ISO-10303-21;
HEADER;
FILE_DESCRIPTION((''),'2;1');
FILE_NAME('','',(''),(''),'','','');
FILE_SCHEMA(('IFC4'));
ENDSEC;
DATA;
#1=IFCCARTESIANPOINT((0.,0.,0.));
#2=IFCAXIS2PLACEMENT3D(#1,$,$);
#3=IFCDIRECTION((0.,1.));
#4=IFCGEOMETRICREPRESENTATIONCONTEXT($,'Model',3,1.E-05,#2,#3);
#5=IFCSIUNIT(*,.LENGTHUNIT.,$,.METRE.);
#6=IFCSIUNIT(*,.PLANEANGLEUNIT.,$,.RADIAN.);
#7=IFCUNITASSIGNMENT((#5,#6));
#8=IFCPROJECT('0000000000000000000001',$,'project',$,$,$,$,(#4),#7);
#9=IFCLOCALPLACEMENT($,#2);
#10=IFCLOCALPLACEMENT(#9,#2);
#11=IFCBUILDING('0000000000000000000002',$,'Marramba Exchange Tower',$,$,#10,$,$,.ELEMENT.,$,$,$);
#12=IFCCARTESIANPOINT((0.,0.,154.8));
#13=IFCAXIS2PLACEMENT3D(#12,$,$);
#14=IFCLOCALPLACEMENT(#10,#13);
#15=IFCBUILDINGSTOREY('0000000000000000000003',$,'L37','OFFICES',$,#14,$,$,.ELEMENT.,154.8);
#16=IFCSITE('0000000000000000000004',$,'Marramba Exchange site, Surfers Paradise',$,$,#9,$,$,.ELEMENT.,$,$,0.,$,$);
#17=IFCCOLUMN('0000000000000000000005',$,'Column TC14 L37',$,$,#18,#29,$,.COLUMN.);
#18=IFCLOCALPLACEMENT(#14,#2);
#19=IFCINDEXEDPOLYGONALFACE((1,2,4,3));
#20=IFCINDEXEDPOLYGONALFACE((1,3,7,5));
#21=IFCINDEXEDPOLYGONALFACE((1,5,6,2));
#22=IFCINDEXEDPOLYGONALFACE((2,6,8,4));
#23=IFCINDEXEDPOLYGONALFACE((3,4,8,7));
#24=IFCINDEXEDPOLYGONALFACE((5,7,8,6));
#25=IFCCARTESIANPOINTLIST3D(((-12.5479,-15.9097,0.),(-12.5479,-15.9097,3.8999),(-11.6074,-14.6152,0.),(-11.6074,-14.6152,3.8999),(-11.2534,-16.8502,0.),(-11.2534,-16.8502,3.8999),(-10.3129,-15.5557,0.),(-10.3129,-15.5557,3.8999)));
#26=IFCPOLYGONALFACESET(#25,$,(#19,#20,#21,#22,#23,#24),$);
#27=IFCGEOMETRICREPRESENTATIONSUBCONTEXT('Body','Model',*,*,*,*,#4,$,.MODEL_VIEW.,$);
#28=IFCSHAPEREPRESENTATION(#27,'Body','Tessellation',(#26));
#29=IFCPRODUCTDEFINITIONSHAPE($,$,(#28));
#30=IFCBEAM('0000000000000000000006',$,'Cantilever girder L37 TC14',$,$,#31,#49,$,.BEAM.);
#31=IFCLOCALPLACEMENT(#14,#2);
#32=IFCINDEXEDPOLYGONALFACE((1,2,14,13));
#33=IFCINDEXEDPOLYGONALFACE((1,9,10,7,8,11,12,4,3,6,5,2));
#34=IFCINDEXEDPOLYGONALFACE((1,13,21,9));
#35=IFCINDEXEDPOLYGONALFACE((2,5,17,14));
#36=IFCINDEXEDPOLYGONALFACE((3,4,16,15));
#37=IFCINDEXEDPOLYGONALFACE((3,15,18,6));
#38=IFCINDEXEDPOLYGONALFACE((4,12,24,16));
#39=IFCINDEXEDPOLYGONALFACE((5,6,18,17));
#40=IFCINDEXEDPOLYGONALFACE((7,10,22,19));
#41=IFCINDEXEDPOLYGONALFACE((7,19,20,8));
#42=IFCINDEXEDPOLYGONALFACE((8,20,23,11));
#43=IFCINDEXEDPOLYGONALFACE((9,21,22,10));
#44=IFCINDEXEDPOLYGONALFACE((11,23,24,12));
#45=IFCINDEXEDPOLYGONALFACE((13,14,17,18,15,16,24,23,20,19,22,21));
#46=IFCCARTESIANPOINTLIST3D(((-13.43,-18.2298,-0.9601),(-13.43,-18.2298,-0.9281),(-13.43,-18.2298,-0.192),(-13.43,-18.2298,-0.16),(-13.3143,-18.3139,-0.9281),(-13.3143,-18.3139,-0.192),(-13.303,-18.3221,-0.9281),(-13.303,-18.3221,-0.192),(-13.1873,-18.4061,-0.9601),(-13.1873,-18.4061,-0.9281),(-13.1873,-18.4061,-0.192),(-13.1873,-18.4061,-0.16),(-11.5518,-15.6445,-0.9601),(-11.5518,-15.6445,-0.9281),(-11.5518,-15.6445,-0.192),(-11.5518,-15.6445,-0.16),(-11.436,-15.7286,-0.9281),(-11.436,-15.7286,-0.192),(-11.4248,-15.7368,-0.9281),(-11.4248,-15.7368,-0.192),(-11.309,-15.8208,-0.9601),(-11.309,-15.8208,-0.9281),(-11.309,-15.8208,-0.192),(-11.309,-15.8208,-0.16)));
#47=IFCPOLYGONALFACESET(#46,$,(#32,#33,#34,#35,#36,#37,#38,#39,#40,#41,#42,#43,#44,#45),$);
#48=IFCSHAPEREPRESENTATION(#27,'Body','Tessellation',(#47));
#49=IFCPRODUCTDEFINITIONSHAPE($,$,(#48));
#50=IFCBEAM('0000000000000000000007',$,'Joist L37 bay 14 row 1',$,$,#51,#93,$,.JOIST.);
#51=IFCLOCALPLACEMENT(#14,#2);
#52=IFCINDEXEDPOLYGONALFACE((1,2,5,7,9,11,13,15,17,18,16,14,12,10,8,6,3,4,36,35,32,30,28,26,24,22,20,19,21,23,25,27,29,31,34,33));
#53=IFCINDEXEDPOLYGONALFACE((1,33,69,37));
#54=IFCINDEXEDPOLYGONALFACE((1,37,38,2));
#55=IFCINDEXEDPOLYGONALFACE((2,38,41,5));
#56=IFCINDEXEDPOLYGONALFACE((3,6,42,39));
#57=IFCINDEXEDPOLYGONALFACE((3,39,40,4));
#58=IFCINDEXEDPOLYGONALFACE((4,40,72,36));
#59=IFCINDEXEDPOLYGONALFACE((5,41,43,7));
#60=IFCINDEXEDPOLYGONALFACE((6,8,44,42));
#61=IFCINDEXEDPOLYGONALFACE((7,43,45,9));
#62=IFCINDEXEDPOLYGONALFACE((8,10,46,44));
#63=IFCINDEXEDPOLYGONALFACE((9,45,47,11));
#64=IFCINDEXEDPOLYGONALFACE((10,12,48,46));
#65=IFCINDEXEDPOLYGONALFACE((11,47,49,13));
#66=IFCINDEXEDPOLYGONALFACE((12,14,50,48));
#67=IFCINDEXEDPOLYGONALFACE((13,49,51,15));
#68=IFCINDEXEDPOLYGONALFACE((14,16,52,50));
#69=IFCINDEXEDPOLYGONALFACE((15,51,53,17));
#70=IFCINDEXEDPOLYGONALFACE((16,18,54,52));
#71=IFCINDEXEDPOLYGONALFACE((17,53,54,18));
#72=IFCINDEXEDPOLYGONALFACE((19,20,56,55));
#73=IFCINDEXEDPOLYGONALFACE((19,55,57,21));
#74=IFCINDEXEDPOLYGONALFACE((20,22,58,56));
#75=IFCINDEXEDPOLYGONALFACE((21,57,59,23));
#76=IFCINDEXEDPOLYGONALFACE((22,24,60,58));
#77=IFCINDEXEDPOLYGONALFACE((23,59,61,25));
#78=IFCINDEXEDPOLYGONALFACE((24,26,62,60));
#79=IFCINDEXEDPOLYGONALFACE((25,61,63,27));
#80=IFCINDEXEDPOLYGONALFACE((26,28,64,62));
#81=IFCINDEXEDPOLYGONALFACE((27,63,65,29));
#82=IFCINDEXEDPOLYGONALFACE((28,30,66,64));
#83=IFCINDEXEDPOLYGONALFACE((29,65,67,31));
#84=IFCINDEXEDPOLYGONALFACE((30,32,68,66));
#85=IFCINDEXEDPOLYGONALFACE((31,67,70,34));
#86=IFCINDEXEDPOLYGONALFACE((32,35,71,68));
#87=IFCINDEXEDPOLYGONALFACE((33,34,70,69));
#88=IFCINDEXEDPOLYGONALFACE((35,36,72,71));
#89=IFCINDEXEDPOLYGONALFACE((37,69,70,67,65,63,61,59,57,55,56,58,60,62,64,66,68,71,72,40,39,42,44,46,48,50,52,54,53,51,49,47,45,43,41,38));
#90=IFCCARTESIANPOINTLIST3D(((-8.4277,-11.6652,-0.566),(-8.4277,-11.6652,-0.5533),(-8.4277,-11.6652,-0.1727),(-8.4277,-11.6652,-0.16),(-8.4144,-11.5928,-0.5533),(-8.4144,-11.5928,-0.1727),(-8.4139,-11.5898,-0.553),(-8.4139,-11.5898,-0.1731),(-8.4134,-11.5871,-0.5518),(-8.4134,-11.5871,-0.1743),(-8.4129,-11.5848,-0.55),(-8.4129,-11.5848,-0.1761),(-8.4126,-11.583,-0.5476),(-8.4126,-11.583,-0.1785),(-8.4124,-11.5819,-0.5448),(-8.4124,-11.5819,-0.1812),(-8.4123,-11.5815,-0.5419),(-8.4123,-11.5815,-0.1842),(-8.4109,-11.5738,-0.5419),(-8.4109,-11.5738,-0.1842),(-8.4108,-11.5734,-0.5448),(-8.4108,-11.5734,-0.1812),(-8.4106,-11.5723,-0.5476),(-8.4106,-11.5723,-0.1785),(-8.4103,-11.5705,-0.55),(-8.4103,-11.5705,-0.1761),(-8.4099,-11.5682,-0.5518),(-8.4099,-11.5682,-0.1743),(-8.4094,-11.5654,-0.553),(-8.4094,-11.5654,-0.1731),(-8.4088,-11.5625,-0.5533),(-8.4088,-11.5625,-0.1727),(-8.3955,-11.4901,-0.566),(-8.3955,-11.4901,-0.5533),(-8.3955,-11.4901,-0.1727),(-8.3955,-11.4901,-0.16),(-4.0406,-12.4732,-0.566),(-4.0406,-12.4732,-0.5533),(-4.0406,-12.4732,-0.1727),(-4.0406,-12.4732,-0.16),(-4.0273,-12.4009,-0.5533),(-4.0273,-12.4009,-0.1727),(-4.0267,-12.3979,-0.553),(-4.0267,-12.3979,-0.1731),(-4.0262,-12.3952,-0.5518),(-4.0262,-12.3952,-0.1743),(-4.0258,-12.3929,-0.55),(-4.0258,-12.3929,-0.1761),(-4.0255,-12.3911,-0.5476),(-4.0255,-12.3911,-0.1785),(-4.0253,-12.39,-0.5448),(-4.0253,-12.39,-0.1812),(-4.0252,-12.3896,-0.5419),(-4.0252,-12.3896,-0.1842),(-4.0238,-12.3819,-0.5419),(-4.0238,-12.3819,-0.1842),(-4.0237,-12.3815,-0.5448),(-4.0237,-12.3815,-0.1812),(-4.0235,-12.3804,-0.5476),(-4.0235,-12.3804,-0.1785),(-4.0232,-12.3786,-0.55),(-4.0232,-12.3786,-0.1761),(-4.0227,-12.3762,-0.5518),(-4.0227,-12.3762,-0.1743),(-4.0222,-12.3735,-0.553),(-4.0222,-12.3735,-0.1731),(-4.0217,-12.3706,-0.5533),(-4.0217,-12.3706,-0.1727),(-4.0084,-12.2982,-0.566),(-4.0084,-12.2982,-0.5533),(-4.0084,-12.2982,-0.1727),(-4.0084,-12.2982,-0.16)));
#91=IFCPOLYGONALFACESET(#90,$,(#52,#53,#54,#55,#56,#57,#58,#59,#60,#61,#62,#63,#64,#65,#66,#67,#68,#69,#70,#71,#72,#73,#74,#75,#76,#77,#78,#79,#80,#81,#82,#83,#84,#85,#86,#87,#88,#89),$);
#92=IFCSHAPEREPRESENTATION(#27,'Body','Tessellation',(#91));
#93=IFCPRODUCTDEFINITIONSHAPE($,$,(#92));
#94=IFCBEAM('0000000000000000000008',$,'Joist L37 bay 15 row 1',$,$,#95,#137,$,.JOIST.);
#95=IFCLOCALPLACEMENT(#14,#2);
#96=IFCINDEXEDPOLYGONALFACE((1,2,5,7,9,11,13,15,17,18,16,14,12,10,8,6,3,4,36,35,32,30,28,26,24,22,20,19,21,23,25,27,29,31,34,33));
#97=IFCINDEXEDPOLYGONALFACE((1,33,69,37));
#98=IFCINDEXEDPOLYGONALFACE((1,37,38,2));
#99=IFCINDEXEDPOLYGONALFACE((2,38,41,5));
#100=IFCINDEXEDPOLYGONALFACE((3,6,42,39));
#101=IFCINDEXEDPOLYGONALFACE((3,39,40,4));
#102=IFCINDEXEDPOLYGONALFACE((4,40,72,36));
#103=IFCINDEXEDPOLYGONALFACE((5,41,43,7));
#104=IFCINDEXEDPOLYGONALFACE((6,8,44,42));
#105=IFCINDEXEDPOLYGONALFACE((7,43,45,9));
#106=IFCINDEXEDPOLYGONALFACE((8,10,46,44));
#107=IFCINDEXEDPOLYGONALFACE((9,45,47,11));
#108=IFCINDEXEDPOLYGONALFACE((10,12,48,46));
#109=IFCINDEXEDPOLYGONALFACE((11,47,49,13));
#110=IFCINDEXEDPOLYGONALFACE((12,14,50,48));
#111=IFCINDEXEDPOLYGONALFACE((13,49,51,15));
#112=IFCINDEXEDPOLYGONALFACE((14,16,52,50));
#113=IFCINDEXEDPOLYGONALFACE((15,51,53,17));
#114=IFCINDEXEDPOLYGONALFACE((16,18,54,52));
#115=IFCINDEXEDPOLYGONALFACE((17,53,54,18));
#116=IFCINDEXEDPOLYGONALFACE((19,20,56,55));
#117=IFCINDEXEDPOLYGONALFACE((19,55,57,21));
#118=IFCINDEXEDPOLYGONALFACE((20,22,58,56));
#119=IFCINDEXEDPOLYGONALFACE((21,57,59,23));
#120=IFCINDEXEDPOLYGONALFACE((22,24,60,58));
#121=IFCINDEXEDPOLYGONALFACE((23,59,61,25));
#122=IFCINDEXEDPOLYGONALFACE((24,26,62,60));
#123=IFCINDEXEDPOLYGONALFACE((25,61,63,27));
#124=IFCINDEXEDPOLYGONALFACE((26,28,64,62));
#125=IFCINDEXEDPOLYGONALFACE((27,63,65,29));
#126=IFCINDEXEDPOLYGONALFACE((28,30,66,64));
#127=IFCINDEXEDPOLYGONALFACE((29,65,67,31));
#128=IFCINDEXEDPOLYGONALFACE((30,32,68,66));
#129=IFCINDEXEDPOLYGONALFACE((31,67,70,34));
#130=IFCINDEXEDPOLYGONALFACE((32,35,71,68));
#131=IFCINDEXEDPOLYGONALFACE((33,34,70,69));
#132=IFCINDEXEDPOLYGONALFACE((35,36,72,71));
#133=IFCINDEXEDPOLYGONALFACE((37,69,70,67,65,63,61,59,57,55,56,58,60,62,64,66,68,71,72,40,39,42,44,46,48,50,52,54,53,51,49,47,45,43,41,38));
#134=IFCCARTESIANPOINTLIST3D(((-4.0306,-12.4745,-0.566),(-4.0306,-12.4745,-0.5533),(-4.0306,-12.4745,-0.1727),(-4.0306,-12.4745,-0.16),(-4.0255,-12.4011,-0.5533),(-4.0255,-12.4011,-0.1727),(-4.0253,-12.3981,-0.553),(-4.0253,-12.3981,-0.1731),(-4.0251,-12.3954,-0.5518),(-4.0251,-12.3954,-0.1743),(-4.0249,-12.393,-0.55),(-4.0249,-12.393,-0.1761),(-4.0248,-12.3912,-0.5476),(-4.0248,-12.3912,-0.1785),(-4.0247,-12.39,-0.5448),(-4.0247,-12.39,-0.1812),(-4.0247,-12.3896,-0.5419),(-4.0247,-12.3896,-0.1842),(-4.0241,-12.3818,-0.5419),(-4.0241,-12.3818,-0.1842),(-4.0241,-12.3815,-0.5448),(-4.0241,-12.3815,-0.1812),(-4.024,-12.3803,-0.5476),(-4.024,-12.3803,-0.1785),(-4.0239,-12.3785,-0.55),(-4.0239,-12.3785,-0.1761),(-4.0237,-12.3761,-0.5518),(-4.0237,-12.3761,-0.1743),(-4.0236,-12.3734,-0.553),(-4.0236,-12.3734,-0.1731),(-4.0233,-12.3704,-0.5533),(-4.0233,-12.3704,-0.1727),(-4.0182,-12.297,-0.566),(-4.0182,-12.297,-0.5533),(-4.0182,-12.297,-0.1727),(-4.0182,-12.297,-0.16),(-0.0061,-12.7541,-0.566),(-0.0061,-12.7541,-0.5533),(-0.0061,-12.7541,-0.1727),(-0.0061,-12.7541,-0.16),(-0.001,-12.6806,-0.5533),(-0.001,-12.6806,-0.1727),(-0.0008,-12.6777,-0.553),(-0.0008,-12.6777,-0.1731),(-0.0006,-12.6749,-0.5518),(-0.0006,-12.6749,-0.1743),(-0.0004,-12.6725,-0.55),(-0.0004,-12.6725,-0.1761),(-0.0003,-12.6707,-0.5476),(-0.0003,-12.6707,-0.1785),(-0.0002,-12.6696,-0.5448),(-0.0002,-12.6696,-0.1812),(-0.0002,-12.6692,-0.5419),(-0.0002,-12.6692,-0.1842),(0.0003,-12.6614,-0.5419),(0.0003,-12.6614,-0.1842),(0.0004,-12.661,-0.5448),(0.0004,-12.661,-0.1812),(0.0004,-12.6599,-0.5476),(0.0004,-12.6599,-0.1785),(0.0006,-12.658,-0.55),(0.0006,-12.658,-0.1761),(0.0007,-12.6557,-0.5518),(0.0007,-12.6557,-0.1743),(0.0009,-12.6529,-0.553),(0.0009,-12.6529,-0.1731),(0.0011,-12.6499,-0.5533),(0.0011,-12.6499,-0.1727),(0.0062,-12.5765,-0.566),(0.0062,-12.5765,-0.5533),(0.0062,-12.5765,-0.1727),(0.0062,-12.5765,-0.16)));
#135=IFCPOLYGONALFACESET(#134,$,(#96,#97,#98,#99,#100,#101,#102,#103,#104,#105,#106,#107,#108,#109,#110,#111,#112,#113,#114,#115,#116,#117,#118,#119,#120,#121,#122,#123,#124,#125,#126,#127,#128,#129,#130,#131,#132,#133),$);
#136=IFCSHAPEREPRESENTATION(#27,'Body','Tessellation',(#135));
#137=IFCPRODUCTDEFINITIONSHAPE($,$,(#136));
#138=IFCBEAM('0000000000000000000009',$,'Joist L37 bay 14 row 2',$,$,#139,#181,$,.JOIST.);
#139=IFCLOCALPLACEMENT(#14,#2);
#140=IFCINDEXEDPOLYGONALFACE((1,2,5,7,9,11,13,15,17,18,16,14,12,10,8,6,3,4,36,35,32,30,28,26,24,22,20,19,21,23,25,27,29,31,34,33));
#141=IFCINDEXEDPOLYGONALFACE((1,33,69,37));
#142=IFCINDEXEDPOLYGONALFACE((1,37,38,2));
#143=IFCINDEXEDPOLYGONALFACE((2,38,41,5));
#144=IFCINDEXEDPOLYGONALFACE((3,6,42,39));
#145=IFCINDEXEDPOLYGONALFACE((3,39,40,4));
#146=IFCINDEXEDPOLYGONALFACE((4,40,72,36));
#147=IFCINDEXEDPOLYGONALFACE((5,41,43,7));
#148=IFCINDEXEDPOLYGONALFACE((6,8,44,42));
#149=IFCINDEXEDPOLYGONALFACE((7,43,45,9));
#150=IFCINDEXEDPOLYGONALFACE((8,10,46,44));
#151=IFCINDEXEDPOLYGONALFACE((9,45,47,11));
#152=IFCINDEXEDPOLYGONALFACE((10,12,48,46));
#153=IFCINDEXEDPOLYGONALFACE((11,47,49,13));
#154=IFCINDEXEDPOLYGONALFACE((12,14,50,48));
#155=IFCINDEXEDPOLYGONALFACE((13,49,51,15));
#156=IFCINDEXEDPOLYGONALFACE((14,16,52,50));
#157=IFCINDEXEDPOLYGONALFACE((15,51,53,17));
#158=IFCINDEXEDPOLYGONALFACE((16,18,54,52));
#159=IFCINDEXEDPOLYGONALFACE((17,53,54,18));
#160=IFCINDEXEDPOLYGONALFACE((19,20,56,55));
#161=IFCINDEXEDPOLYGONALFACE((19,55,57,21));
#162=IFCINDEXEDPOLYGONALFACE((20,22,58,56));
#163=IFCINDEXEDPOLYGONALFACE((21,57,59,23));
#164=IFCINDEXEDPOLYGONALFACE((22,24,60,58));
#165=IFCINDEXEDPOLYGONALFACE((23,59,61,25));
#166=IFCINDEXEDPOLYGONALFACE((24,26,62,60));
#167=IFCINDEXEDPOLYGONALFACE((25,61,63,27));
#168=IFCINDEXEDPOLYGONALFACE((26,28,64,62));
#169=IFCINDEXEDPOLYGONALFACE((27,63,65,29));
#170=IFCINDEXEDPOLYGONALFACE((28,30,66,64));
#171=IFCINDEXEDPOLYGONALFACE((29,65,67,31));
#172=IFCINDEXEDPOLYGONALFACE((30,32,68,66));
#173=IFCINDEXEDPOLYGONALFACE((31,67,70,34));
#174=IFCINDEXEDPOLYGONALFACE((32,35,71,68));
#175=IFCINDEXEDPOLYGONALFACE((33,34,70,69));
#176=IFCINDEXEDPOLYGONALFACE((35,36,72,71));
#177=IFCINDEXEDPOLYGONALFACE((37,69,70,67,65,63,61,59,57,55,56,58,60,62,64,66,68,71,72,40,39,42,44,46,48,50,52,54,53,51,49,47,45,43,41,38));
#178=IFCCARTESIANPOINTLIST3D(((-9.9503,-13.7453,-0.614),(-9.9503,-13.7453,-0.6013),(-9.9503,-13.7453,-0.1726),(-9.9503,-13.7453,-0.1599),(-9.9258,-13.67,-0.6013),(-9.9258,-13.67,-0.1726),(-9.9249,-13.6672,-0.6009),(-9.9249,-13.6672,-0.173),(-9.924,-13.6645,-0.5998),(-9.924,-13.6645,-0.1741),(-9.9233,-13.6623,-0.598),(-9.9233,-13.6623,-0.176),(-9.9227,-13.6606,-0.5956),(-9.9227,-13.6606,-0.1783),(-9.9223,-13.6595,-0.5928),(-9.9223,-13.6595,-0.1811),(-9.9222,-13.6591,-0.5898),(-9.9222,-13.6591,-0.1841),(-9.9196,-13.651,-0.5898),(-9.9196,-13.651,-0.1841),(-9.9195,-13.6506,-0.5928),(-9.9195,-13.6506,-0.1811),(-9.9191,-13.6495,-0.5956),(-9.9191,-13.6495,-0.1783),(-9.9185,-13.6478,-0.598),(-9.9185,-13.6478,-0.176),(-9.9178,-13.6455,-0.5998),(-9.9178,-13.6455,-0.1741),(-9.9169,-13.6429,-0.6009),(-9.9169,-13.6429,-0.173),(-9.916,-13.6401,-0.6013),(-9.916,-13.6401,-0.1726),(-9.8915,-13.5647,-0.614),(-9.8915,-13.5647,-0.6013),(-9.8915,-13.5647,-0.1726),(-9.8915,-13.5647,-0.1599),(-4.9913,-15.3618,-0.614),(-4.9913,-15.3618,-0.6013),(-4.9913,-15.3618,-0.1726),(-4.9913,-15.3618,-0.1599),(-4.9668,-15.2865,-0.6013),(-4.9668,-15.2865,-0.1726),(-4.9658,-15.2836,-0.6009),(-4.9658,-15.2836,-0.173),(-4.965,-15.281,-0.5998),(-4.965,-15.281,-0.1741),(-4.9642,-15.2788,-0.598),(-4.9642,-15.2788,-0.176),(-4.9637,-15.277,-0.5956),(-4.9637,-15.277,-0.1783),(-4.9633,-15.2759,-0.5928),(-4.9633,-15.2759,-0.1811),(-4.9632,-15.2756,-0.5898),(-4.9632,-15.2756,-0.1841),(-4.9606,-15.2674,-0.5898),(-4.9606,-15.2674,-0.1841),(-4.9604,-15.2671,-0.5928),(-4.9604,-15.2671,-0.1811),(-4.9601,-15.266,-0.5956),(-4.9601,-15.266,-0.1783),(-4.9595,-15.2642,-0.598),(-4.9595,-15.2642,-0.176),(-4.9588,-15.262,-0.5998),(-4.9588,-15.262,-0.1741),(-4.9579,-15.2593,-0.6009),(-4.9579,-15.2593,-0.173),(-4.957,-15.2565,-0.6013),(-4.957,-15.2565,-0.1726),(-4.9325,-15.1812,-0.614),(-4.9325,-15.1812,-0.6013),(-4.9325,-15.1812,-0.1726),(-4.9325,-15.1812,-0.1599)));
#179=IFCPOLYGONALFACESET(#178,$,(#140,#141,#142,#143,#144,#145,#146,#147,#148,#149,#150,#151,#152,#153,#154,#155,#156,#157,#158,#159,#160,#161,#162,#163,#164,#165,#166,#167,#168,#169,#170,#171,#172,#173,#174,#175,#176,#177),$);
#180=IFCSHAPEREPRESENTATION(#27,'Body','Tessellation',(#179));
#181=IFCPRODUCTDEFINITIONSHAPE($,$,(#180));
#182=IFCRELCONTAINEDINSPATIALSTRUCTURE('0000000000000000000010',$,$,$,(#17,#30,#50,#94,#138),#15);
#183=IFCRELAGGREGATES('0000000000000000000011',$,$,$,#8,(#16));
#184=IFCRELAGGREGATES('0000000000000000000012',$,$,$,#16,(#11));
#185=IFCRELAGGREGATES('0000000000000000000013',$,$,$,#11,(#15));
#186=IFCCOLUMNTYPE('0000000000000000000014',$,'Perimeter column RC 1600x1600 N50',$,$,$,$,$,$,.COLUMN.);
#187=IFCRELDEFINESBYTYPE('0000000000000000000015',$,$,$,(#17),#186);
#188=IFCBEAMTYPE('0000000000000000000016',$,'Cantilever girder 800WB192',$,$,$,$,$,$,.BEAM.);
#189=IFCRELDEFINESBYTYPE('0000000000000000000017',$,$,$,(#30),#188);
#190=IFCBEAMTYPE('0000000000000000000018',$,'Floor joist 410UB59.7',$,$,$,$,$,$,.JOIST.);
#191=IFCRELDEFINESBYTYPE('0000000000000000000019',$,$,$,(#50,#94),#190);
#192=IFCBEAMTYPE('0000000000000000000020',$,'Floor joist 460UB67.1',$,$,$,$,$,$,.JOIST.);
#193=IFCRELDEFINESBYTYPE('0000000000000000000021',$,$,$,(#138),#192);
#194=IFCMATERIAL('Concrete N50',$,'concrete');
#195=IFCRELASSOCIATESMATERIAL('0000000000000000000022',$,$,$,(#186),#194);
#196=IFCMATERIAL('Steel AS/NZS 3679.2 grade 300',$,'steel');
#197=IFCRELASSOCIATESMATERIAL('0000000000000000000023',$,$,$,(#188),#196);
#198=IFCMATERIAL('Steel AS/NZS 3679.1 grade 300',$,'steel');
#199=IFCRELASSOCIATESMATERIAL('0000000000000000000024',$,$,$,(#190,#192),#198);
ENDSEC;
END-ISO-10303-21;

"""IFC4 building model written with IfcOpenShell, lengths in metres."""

from ifc_helpers import new_model, si_unit, direction, frame, origin, origin_2d, place, context, subcontext, project, spatial, rectangle, i_section, extrude, material, material_profile, profile_set, type_object, element, save


model = new_model("IFC4")

# Units and contexts
model_context = context("Model", 3, precision=1e-05, world=origin(), true_north=direction((0.0, 1.0)))
body_context = subcontext(model_context, "Body", "Model", "MODEL_VIEW")
ifc_project = project(units=[si_unit("LENGTHUNIT", "METRE"), si_unit("PLANEANGLEUNIT", "RADIAN")], contexts=[model_context])

# Site, building, storey
site_placement = place(None, origin())
site = spatial("IfcSite", under=ifc_project, at=site_placement, Name="Marramba Exchange site, Surfers Paradise", CompositionType="ELEMENT", RefElevation=0.0)
building_placement = place(site_placement, origin())
building = spatial("IfcBuilding", under=site, at=building_placement, Name="Marramba Exchange Tower", CompositionType="ELEMENT")
storey_placement = place(building_placement, frame((0.0, 0.0, 154.8)))
storey = spatial("IfcBuildingStorey", under=building, at=storey_placement, Name="L37", Description="OFFICES", CompositionType="ELEMENT", Elevation=154.8)

# Column
ifc_material_1 = material(Name="Concrete N50", Category="concrete")
ifc_material_profile_1 = material_profile(ifc_material_1, rectangle(XDim=1.6001, YDim=1.6001, at=origin_2d()), Name="RC 1600x1600")
ifc_profile_set_1 = profile_set([ifc_material_profile_1], Name="Concrete N50")
column_type = type_object("IfcColumnType", Name="Perimeter column RC 1600x1600 N50", PredefinedType="COLUMN", material=ifc_profile_set_1)
column_placement = place(storey_placement, frame((-11.4304, -15.7327, 0.0), z_axis=(0.0, 0.0, 1.0), x_axis=(-0.587785, -0.809017, 0.0)))
element("IfcColumn", 1, at=column_placement, inside=storey, type_object=column_type, Name="Column TC14 L37", PredefinedType="COLUMN", context=body_context, shape_type="SweptSolid", body=[
    extrude(rectangle(XDim=1.6001, YDim=1.6001, at=origin_2d()), origin(), (0.0, 0.0, 1.0), 3.8999),
])

# Beams
ifc_material_2 = material(Name="Steel AS/NZS 3679.2 grade 300", Category="steel")
ifc_material_profile_2 = material_profile(ifc_material_2, i_section(OverallWidth=0.3, OverallDepth=0.8, WebThickness=0.0139, FlangeThickness=0.032, at=origin_2d()), Name="800WB192")
ifc_profile_set_2 = profile_set([ifc_material_profile_2], Name="Steel AS/NZS 3679.2 grade 300")
beam_type_1 = type_object("IfcBeamType", Name="Cantilever girder 800WB192", PredefinedType="BEAM", material=ifc_profile_set_2)
beam_1_placement = place(storey_placement, frame((-11.4304, -15.7327, -0.5601), z_axis=(-0.587767, -0.80903, 0.0), x_axis=(0.80903, -0.587767, 0.0)))
element("IfcBeam", 2, at=beam_1_placement, inside=storey, type_object=beam_type_1, Name="Cantilever girder L37 TC14", PredefinedType="BEAM", context=body_context, shape_type="SweptSolid", body=[
    extrude(i_section(OverallWidth=0.3, OverallDepth=0.8, WebThickness=0.0139, FlangeThickness=0.032, at=origin_2d()), origin(), (0.0, 0.0, 1.0), 3.1956),
])
ifc_material_3 = material(Name="Steel AS/NZS 3679.1 grade 300", Category="steel")
ifc_material_profile_3 = material_profile(ifc_material_3, i_section(OverallWidth=0.178, OverallDepth=0.406, WebThickness=0.0078, FlangeThickness=0.0127, FilletRadius=0.0115, at=origin_2d()), Name="410UB59.7")
ifc_profile_set_3 = profile_set([ifc_material_profile_3], Name="Steel AS/NZS 3679.1 grade 300")
beam_type_2 = type_object("IfcBeamType", Name="Floor joist 410UB59.7", PredefinedType="JOIST", material=ifc_profile_set_3)
beam_2_placement = place(storey_placement, frame((-8.4116, -11.5776, -0.363), z_axis=(0.983456, -0.181149, 0.0), x_axis=(0.181149, 0.983456, 0.0)))
element("IfcBeam", 3, at=beam_2_placement, inside=storey, type_object=beam_type_2, Name="Joist L37 bay 14 row 1", PredefinedType="JOIST", context=body_context, shape_type="SweptSolid", body=[
    extrude(i_section(OverallWidth=0.178, OverallDepth=0.406, WebThickness=0.0078, FlangeThickness=0.0127, FilletRadius=0.0115, at=origin_2d()), origin(), (0.0, 0.0, 1.0), 4.4609),
])
beam_3_placement = place(storey_placement, frame((-4.0244, -12.3857, -0.363), z_axis=(0.997596, -0.069294, 0.0), x_axis=(0.069294, 0.997596, 0.0)))
element("IfcBeam", 4, at=beam_3_placement, inside=storey, type_object=beam_type_2, Name="Joist L37 bay 15 row 1", PredefinedType="JOIST", context=body_context, shape_type="SweptSolid", body=[
    extrude(i_section(OverallWidth=0.178, OverallDepth=0.406, WebThickness=0.0078, FlangeThickness=0.0127, FilletRadius=0.0115, at=origin_2d()), origin(), (0.0, 0.0, 1.0), 4.0342),
])
ifc_material_profile_4 = material_profile(ifc_material_3, i_section(OverallWidth=0.1899, OverallDepth=0.4541, WebThickness=0.0085, FlangeThickness=0.0127, FilletRadius=0.0115, at=origin_2d()), Name="460UB67.1")
ifc_profile_set_4 = profile_set([ifc_material_profile_4], Name="Steel AS/NZS 3679.1 grade 300")
beam_type_3 = type_object("IfcBeamType", Name="Floor joist 460UB67.1", PredefinedType="JOIST", material=ifc_profile_set_4)
beam_4_placement = place(storey_placement, frame((-9.9209, -13.655, -0.387), z_axis=(0.950764, -0.309916, 0.0), x_axis=(0.309916, 0.950764, 0.0)))
element("IfcBeam", 5, at=beam_4_placement, inside=storey, type_object=beam_type_3, Name="Joist L37 bay 14 row 2", PredefinedType="JOIST", context=body_context, shape_type="SweptSolid", body=[
    extrude(i_section(OverallWidth=0.1899, OverallDepth=0.4541, WebThickness=0.0085, FlangeThickness=0.0127, FilletRadius=0.0115, at=origin_2d()), origin(), (0.0, 0.0, 1.0), 5.2158),
])

save(model, "model.ifc")
